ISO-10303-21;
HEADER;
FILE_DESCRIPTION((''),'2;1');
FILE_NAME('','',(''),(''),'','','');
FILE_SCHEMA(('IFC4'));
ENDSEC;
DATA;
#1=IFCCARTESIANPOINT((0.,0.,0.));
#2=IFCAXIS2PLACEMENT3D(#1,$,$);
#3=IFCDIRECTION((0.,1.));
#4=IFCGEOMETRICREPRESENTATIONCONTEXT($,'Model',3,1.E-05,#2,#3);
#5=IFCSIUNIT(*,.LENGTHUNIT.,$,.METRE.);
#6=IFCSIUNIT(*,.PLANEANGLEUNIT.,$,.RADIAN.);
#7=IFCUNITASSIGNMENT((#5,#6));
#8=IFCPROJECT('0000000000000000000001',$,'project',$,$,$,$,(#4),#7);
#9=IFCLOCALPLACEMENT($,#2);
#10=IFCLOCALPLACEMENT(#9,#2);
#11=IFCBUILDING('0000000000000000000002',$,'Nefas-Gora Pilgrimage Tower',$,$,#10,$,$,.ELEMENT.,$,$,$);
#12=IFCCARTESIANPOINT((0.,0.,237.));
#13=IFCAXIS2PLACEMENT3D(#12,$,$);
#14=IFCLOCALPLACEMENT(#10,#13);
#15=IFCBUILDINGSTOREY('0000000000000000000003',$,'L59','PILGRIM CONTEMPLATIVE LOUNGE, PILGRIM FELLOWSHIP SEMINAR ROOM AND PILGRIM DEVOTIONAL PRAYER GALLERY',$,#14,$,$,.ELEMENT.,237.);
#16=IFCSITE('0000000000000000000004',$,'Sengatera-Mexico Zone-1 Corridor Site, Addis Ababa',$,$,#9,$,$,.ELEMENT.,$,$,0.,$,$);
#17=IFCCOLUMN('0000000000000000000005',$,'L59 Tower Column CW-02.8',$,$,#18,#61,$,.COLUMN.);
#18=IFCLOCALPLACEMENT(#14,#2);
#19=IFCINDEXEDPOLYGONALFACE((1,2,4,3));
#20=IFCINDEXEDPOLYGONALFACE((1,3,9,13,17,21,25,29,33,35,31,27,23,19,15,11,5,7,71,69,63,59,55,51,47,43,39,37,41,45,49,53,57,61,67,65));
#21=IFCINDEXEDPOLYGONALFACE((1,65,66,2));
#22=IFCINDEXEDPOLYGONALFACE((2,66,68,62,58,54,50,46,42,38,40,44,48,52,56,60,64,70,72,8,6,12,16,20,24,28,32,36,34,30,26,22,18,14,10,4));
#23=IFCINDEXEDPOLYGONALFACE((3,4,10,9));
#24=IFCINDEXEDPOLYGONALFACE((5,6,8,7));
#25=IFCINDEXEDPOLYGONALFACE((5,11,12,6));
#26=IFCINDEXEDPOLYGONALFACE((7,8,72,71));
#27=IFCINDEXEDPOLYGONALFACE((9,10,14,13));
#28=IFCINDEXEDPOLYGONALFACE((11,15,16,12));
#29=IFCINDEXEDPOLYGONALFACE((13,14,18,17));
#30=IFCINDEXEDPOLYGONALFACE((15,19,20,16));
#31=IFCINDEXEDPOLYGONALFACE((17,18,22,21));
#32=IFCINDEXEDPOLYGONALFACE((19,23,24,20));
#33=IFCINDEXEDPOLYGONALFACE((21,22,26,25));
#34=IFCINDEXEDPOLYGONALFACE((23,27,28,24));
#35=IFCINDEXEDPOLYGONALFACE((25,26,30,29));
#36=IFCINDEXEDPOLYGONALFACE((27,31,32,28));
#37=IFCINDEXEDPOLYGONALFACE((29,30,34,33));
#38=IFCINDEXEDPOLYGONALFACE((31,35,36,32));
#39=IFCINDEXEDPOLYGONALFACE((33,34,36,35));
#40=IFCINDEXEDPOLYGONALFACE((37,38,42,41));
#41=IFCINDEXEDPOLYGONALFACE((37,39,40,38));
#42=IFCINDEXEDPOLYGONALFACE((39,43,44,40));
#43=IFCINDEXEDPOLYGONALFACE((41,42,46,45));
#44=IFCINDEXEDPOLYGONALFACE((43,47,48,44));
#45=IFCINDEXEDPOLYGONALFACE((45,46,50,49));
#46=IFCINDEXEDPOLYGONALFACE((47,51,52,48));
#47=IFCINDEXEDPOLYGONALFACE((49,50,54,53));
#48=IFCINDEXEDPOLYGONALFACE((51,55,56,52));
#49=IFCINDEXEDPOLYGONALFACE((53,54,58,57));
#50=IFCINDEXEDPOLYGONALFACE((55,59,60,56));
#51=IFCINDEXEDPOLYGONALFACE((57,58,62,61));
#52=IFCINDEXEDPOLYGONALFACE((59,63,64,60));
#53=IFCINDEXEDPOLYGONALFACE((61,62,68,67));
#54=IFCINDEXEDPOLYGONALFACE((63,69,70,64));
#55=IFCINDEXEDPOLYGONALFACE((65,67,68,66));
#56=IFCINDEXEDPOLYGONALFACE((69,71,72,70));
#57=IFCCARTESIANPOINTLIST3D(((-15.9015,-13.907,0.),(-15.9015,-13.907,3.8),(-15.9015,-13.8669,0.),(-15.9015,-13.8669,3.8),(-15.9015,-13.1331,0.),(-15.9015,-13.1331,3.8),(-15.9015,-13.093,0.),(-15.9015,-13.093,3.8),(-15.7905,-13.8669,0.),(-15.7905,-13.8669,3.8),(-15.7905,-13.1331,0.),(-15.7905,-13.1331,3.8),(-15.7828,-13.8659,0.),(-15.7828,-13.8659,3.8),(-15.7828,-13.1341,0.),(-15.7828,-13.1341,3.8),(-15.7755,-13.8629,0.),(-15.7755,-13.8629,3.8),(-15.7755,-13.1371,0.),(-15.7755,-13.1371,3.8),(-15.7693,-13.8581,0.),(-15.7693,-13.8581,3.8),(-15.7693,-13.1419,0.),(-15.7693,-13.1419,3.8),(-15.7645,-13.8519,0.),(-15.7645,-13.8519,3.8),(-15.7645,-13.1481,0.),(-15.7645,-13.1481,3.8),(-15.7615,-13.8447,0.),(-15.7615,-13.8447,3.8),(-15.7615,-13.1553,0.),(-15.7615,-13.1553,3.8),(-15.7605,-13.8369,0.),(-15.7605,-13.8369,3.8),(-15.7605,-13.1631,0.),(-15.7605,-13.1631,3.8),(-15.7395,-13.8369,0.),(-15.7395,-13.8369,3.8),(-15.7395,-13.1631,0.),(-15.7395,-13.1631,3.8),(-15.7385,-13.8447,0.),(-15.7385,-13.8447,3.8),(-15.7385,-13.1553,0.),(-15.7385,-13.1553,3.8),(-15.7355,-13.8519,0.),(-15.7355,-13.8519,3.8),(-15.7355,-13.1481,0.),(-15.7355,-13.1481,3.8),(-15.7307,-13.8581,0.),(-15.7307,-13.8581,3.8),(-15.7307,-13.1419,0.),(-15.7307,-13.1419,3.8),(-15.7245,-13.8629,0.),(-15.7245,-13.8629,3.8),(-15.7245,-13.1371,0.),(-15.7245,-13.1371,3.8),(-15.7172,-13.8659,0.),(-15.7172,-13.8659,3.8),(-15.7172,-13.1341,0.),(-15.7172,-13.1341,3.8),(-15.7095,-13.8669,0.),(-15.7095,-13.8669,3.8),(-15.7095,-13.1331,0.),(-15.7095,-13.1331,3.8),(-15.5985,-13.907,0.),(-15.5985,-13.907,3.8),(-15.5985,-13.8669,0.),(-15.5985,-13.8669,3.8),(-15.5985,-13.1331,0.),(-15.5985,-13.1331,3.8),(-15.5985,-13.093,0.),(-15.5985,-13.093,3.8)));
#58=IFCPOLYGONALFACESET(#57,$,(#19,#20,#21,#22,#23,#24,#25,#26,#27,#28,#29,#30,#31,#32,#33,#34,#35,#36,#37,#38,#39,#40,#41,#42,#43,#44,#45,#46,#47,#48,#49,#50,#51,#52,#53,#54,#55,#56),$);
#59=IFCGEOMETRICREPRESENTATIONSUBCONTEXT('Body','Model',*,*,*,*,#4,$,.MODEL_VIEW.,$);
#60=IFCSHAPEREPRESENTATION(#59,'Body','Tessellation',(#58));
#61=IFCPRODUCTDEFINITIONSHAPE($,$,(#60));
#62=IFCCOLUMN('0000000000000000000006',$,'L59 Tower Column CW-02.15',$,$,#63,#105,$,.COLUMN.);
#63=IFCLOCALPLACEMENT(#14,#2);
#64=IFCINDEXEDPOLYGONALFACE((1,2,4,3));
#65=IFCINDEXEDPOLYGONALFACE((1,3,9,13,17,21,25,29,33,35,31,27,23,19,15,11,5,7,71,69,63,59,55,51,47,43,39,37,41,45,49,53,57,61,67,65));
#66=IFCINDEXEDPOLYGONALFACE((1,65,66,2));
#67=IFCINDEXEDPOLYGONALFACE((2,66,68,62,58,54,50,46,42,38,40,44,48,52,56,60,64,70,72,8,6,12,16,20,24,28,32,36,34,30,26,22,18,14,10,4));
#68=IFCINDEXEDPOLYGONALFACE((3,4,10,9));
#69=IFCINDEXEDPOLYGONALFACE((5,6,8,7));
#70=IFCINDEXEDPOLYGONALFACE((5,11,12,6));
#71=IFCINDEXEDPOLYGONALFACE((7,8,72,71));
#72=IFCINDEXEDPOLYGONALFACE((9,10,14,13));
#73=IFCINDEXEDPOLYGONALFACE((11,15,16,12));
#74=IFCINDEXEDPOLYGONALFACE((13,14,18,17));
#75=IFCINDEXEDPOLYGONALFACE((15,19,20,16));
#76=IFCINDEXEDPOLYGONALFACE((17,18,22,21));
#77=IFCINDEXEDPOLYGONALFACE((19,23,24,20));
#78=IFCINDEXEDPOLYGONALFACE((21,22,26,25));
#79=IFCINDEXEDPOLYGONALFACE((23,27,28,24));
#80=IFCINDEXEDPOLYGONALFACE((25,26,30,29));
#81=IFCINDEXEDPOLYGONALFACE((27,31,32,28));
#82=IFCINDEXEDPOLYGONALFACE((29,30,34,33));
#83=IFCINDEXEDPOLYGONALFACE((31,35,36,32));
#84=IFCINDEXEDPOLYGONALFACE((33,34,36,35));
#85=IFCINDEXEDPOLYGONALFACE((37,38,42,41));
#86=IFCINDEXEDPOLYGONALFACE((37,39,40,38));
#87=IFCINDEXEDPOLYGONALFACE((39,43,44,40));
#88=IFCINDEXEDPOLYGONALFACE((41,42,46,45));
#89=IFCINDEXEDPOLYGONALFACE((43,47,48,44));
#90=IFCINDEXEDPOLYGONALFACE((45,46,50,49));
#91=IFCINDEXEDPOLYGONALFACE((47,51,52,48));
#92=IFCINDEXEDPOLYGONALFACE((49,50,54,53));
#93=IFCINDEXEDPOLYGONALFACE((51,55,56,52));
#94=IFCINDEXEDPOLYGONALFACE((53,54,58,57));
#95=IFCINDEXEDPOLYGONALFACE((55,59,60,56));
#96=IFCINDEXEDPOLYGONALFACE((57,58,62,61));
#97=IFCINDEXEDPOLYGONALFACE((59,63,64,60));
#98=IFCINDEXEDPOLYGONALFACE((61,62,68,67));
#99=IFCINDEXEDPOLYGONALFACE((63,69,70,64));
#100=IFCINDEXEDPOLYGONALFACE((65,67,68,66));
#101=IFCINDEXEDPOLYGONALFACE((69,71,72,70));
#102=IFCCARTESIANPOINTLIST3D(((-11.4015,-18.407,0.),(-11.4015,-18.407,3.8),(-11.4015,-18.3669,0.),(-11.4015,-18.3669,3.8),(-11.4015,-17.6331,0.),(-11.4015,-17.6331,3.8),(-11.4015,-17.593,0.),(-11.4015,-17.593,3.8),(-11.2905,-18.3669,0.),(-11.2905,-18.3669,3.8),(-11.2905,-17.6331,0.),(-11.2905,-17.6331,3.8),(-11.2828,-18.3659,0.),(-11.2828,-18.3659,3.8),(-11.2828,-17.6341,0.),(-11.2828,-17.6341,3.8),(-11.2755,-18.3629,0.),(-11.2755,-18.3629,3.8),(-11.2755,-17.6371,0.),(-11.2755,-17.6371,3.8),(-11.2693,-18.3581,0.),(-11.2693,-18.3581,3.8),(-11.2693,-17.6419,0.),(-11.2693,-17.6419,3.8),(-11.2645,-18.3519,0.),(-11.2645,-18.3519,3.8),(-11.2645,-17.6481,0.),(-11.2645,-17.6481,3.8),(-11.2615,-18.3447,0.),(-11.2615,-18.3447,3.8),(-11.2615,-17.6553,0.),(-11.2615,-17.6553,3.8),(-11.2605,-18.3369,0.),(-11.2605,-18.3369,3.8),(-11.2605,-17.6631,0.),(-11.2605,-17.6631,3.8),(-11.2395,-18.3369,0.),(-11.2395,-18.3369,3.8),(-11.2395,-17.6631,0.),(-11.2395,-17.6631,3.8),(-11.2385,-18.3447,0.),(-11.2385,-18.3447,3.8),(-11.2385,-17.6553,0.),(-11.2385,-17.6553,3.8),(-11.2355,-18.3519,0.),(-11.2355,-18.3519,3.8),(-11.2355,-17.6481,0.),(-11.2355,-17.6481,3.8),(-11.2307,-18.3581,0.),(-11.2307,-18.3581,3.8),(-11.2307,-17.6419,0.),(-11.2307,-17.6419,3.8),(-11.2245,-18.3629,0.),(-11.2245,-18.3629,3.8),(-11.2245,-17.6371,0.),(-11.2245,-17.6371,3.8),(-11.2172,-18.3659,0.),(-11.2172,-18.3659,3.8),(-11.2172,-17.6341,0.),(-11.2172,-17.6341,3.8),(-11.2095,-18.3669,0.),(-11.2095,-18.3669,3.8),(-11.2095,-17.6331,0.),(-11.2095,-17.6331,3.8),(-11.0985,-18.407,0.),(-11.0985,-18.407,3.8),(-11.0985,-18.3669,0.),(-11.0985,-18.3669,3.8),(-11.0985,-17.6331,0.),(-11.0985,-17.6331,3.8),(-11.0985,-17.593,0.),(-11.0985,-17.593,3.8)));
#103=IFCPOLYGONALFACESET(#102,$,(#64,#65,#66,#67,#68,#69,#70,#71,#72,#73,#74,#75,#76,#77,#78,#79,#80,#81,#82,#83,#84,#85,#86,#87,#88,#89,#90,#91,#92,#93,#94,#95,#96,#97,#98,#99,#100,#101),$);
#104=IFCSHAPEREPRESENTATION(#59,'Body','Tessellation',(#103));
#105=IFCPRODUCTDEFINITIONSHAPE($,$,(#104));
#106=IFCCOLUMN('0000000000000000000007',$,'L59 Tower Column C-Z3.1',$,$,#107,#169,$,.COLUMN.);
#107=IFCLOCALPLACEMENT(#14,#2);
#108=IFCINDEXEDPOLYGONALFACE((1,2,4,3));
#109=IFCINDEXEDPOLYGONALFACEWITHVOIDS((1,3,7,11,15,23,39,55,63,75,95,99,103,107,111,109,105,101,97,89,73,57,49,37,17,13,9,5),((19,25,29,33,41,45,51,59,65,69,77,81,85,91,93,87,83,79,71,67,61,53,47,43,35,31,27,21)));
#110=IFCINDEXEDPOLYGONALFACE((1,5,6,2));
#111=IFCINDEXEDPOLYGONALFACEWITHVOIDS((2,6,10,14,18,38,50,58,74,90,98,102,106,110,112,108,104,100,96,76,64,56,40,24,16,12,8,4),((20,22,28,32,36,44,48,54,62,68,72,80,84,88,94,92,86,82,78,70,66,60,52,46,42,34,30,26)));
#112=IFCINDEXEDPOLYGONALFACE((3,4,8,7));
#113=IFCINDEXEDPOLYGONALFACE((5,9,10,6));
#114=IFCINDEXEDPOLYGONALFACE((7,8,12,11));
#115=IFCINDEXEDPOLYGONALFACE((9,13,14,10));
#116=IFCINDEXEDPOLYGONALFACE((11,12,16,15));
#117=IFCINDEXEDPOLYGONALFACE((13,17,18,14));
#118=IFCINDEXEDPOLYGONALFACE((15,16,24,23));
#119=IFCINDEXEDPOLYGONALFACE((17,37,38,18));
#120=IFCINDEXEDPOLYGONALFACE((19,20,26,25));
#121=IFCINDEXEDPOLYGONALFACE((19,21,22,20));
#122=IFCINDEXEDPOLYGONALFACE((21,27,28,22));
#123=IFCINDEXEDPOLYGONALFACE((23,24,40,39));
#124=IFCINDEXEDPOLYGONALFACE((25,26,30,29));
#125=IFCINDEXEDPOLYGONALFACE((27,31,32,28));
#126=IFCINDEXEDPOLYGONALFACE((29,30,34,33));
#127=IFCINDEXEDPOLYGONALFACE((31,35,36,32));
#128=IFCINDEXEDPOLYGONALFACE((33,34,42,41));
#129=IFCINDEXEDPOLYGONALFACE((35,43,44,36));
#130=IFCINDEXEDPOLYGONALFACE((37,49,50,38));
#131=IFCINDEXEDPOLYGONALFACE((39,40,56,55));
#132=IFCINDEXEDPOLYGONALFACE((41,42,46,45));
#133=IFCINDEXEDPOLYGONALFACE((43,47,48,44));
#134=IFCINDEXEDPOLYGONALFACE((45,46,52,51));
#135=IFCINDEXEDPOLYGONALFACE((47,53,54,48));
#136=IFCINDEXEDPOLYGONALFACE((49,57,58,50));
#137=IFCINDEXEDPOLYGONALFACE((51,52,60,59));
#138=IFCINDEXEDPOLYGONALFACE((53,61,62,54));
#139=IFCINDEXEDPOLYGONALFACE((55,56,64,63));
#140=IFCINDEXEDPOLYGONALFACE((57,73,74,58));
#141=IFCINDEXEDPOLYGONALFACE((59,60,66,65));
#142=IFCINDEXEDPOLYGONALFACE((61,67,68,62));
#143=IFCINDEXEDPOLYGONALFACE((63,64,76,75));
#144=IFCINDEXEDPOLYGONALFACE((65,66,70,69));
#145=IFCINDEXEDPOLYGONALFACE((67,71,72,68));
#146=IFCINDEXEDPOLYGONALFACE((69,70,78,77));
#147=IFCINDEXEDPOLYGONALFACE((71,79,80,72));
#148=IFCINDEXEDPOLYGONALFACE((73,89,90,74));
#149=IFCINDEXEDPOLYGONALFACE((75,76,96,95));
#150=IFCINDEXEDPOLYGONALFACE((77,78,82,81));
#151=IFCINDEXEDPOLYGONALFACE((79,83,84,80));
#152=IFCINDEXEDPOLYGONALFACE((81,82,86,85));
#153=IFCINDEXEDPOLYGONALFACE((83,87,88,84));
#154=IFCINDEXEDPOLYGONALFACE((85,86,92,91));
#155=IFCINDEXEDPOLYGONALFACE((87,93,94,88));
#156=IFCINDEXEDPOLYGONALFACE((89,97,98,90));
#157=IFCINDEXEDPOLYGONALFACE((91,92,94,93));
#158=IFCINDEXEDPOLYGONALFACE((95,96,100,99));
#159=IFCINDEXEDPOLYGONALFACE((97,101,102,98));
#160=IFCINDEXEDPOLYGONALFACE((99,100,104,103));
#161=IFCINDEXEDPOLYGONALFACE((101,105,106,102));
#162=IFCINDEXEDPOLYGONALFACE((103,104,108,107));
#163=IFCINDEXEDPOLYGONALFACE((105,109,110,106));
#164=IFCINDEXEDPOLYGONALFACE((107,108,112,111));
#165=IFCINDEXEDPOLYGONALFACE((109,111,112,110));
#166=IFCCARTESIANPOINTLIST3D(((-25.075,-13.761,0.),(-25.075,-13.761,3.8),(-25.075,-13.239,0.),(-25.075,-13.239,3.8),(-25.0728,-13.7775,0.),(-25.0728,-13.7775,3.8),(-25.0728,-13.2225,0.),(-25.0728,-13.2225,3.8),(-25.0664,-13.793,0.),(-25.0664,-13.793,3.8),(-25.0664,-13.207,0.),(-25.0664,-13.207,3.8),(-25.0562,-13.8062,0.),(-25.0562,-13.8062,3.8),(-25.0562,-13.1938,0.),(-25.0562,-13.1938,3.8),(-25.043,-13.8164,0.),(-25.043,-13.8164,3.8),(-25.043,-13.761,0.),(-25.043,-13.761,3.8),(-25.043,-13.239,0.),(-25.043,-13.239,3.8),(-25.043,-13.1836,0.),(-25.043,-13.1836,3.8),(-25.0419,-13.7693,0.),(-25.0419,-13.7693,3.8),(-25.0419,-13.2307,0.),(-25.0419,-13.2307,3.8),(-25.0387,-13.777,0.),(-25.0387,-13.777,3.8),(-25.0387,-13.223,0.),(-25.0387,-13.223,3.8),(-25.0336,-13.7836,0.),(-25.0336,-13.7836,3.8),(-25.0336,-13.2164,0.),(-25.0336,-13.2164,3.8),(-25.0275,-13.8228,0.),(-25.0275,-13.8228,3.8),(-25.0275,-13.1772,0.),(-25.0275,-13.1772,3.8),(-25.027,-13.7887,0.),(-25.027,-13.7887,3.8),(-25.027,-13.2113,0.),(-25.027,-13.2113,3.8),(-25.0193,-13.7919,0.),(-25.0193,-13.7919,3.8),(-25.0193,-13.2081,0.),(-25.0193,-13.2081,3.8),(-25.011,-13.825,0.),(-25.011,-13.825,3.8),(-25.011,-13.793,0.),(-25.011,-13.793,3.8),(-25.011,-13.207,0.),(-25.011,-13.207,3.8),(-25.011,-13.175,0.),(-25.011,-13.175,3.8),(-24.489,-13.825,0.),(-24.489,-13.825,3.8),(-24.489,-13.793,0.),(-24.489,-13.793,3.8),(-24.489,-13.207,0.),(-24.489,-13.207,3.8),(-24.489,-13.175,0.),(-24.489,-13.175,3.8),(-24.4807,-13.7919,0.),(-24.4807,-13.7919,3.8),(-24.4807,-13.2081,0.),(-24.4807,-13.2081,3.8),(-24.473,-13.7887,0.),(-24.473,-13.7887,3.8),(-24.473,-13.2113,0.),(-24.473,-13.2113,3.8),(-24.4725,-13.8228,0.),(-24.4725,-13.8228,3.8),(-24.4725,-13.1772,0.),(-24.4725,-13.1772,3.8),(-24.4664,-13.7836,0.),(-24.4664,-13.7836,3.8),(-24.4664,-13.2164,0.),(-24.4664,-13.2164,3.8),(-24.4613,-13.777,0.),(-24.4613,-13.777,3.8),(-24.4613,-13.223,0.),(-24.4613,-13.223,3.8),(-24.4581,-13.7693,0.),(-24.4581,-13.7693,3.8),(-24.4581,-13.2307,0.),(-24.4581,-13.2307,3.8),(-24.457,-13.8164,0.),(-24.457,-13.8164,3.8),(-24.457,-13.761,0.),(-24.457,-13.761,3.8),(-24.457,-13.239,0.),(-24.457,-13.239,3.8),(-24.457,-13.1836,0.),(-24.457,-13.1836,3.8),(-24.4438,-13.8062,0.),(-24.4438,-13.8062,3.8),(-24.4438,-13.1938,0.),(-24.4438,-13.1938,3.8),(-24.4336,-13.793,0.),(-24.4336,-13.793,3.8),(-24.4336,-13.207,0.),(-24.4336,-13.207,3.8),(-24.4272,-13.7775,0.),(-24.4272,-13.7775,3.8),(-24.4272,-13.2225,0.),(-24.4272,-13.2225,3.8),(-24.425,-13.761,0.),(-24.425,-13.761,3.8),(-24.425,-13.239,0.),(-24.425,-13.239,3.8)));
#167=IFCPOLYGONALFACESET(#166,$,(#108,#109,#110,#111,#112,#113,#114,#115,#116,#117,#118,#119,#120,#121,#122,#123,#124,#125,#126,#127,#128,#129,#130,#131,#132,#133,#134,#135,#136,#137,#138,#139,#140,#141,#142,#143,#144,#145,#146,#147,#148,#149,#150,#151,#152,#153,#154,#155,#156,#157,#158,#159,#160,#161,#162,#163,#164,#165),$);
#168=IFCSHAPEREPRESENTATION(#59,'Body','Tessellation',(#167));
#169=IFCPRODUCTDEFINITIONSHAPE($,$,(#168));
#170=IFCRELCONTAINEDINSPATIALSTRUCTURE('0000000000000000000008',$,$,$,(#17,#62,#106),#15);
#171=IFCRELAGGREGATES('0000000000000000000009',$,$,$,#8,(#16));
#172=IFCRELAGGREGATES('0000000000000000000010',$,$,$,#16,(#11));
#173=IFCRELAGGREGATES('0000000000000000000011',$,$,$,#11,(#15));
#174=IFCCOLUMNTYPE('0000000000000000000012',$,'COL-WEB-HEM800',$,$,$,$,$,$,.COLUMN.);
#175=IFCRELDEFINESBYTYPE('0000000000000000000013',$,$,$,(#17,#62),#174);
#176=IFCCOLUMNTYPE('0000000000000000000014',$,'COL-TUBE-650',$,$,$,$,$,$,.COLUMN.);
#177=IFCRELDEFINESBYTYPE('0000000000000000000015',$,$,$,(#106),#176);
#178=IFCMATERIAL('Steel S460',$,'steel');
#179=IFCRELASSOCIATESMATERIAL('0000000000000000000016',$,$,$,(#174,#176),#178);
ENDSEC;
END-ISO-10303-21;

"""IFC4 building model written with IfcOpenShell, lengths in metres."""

from ifc_helpers import new_model, si_unit, direction, frame, origin, origin_2d, place, context, subcontext, project, spatial, hollow_rectangle, i_section, extrude, source, transform, mapped, material, material_profile, profile_set, type_object, element, save


model = new_model("IFC4")

# Units and contexts
model_context = context("Model", 3, precision=1e-05, world=origin(), true_north=direction((0.0, 1.0)))
body_context = subcontext(model_context, "Body", "Model", "MODEL_VIEW")
ifc_project = project(units=[si_unit("LENGTHUNIT", "METRE"), si_unit("PLANEANGLEUNIT", "RADIAN")], contexts=[model_context])

# Site, building, storey
site_placement = place(None, origin())
site = spatial("IfcSite", under=ifc_project, at=site_placement, Name="Sengatera-Mexico Zone-1 Corridor Site, Addis Ababa", CompositionType="ELEMENT", RefElevation=0.0)
building_placement = place(site_placement, origin())
building = spatial("IfcBuilding", under=site, at=building_placement, Name="Nefas-Gora Pilgrimage Tower", CompositionType="ELEMENT")
storey_placement = place(building_placement, frame((0.0, 0.0, 237.0)))
storey = spatial("IfcBuildingStorey", under=building, at=storey_placement, Name="L59", Description="PILGRIM CONTEMPLATIVE LOUNGE, PILGRIM FELLOWSHIP SEMINAR ROOM AND PILGRIM DEVOTIONAL PRAYER GALLERY", CompositionType="ELEMENT", Elevation=237.0)

# Columns
ifc_material_1 = material(Name="Steel S460", Category="steel")
ifc_material_profile_1 = material_profile(ifc_material_1, i_section(OverallWidth=0.303, OverallDepth=0.814, WebThickness=0.021, FlangeThickness=0.04, FilletRadius=0.03, at=origin_2d()), Name="HEM 800")
ifc_profile_set_1 = profile_set([ifc_material_profile_1], Name="Steel S460")
column_type_1 = type_object("IfcColumnType", Name="COL-WEB-HEM800", PredefinedType="COLUMN", material=ifc_profile_set_1)
shared_shape_1 = source(origin(), body_context, "Body", "SweptSolid", [
    extrude(i_section(OverallWidth=0.303, OverallDepth=0.814, WebThickness=0.021, FlangeThickness=0.04, FilletRadius=0.03, at=origin_2d()), origin(), (0.0, 0.0, 1.0), 3.8),
])
for number, where, z_axis, x_axis, name in (
    (1, (-15.75, -13.5, 0.0), (0.0, 0.0, 1.0), (1.0, 0.0, 0.0), "L59 Tower Column CW-02.8"),
    (2, (-11.25, -18.0, 0.0), (0.0, 0.0, 1.0), (1.0, 0.0, 0.0), "L59 Tower Column CW-02.15"),
):
    element("IfcColumn", number, at=place(storey_placement, frame(where, z_axis=z_axis, x_axis=x_axis)), inside=storey, type_object=column_type_1, Name=name, PredefinedType="COLUMN", context=body_context, shape_type="MappedRepresentation", body=[
        mapped(shared_shape_1, transform((0.0, 0.0, 0.0), x_axis=(1.0, 0.0, 0.0), y_axis=(0.0, 1.0, 0.0), z_axis=(0.0, 0.0, 1.0), scale=1.0)),
    ])
ifc_material_profile_2 = material_profile(ifc_material_1, hollow_rectangle(XDim=0.6499, YDim=0.6499, WallThickness=0.032, InnerFilletRadius=0.032, OuterFilletRadius=0.064, at=origin_2d()), Name="BOX 650x650x32")
ifc_profile_set_2 = profile_set([ifc_material_profile_2], Name="Steel S460")
column_type_2 = type_object("IfcColumnType", Name="COL-TUBE-650", PredefinedType="COLUMN", material=ifc_profile_set_2)
shared_shape_2 = source(origin(), body_context, "Body", "SweptSolid", [
    extrude(hollow_rectangle(XDim=0.6499, YDim=0.6499, WallThickness=0.032, InnerFilletRadius=0.032, OuterFilletRadius=0.064, at=origin_2d()), origin(), (0.0, 0.0, 1.0), 3.8),
])
column_placement = place(storey_placement, frame((-24.75, -13.5, 0.0), z_axis=(0.0, 0.0, 1.0), x_axis=(1.0, 0.0, 0.0)))
element("IfcColumn", 3, at=column_placement, inside=storey, type_object=column_type_2, Name="L59 Tower Column C-Z3.1", PredefinedType="COLUMN", context=body_context, shape_type="MappedRepresentation", body=[
    mapped(shared_shape_2, transform((0.0, 0.0, 0.0), x_axis=(1.0, 0.0, 0.0), y_axis=(0.0, 1.0, 0.0), z_axis=(0.0, 0.0, 1.0), scale=1.0)),
])

save(model, "model.ifc")
